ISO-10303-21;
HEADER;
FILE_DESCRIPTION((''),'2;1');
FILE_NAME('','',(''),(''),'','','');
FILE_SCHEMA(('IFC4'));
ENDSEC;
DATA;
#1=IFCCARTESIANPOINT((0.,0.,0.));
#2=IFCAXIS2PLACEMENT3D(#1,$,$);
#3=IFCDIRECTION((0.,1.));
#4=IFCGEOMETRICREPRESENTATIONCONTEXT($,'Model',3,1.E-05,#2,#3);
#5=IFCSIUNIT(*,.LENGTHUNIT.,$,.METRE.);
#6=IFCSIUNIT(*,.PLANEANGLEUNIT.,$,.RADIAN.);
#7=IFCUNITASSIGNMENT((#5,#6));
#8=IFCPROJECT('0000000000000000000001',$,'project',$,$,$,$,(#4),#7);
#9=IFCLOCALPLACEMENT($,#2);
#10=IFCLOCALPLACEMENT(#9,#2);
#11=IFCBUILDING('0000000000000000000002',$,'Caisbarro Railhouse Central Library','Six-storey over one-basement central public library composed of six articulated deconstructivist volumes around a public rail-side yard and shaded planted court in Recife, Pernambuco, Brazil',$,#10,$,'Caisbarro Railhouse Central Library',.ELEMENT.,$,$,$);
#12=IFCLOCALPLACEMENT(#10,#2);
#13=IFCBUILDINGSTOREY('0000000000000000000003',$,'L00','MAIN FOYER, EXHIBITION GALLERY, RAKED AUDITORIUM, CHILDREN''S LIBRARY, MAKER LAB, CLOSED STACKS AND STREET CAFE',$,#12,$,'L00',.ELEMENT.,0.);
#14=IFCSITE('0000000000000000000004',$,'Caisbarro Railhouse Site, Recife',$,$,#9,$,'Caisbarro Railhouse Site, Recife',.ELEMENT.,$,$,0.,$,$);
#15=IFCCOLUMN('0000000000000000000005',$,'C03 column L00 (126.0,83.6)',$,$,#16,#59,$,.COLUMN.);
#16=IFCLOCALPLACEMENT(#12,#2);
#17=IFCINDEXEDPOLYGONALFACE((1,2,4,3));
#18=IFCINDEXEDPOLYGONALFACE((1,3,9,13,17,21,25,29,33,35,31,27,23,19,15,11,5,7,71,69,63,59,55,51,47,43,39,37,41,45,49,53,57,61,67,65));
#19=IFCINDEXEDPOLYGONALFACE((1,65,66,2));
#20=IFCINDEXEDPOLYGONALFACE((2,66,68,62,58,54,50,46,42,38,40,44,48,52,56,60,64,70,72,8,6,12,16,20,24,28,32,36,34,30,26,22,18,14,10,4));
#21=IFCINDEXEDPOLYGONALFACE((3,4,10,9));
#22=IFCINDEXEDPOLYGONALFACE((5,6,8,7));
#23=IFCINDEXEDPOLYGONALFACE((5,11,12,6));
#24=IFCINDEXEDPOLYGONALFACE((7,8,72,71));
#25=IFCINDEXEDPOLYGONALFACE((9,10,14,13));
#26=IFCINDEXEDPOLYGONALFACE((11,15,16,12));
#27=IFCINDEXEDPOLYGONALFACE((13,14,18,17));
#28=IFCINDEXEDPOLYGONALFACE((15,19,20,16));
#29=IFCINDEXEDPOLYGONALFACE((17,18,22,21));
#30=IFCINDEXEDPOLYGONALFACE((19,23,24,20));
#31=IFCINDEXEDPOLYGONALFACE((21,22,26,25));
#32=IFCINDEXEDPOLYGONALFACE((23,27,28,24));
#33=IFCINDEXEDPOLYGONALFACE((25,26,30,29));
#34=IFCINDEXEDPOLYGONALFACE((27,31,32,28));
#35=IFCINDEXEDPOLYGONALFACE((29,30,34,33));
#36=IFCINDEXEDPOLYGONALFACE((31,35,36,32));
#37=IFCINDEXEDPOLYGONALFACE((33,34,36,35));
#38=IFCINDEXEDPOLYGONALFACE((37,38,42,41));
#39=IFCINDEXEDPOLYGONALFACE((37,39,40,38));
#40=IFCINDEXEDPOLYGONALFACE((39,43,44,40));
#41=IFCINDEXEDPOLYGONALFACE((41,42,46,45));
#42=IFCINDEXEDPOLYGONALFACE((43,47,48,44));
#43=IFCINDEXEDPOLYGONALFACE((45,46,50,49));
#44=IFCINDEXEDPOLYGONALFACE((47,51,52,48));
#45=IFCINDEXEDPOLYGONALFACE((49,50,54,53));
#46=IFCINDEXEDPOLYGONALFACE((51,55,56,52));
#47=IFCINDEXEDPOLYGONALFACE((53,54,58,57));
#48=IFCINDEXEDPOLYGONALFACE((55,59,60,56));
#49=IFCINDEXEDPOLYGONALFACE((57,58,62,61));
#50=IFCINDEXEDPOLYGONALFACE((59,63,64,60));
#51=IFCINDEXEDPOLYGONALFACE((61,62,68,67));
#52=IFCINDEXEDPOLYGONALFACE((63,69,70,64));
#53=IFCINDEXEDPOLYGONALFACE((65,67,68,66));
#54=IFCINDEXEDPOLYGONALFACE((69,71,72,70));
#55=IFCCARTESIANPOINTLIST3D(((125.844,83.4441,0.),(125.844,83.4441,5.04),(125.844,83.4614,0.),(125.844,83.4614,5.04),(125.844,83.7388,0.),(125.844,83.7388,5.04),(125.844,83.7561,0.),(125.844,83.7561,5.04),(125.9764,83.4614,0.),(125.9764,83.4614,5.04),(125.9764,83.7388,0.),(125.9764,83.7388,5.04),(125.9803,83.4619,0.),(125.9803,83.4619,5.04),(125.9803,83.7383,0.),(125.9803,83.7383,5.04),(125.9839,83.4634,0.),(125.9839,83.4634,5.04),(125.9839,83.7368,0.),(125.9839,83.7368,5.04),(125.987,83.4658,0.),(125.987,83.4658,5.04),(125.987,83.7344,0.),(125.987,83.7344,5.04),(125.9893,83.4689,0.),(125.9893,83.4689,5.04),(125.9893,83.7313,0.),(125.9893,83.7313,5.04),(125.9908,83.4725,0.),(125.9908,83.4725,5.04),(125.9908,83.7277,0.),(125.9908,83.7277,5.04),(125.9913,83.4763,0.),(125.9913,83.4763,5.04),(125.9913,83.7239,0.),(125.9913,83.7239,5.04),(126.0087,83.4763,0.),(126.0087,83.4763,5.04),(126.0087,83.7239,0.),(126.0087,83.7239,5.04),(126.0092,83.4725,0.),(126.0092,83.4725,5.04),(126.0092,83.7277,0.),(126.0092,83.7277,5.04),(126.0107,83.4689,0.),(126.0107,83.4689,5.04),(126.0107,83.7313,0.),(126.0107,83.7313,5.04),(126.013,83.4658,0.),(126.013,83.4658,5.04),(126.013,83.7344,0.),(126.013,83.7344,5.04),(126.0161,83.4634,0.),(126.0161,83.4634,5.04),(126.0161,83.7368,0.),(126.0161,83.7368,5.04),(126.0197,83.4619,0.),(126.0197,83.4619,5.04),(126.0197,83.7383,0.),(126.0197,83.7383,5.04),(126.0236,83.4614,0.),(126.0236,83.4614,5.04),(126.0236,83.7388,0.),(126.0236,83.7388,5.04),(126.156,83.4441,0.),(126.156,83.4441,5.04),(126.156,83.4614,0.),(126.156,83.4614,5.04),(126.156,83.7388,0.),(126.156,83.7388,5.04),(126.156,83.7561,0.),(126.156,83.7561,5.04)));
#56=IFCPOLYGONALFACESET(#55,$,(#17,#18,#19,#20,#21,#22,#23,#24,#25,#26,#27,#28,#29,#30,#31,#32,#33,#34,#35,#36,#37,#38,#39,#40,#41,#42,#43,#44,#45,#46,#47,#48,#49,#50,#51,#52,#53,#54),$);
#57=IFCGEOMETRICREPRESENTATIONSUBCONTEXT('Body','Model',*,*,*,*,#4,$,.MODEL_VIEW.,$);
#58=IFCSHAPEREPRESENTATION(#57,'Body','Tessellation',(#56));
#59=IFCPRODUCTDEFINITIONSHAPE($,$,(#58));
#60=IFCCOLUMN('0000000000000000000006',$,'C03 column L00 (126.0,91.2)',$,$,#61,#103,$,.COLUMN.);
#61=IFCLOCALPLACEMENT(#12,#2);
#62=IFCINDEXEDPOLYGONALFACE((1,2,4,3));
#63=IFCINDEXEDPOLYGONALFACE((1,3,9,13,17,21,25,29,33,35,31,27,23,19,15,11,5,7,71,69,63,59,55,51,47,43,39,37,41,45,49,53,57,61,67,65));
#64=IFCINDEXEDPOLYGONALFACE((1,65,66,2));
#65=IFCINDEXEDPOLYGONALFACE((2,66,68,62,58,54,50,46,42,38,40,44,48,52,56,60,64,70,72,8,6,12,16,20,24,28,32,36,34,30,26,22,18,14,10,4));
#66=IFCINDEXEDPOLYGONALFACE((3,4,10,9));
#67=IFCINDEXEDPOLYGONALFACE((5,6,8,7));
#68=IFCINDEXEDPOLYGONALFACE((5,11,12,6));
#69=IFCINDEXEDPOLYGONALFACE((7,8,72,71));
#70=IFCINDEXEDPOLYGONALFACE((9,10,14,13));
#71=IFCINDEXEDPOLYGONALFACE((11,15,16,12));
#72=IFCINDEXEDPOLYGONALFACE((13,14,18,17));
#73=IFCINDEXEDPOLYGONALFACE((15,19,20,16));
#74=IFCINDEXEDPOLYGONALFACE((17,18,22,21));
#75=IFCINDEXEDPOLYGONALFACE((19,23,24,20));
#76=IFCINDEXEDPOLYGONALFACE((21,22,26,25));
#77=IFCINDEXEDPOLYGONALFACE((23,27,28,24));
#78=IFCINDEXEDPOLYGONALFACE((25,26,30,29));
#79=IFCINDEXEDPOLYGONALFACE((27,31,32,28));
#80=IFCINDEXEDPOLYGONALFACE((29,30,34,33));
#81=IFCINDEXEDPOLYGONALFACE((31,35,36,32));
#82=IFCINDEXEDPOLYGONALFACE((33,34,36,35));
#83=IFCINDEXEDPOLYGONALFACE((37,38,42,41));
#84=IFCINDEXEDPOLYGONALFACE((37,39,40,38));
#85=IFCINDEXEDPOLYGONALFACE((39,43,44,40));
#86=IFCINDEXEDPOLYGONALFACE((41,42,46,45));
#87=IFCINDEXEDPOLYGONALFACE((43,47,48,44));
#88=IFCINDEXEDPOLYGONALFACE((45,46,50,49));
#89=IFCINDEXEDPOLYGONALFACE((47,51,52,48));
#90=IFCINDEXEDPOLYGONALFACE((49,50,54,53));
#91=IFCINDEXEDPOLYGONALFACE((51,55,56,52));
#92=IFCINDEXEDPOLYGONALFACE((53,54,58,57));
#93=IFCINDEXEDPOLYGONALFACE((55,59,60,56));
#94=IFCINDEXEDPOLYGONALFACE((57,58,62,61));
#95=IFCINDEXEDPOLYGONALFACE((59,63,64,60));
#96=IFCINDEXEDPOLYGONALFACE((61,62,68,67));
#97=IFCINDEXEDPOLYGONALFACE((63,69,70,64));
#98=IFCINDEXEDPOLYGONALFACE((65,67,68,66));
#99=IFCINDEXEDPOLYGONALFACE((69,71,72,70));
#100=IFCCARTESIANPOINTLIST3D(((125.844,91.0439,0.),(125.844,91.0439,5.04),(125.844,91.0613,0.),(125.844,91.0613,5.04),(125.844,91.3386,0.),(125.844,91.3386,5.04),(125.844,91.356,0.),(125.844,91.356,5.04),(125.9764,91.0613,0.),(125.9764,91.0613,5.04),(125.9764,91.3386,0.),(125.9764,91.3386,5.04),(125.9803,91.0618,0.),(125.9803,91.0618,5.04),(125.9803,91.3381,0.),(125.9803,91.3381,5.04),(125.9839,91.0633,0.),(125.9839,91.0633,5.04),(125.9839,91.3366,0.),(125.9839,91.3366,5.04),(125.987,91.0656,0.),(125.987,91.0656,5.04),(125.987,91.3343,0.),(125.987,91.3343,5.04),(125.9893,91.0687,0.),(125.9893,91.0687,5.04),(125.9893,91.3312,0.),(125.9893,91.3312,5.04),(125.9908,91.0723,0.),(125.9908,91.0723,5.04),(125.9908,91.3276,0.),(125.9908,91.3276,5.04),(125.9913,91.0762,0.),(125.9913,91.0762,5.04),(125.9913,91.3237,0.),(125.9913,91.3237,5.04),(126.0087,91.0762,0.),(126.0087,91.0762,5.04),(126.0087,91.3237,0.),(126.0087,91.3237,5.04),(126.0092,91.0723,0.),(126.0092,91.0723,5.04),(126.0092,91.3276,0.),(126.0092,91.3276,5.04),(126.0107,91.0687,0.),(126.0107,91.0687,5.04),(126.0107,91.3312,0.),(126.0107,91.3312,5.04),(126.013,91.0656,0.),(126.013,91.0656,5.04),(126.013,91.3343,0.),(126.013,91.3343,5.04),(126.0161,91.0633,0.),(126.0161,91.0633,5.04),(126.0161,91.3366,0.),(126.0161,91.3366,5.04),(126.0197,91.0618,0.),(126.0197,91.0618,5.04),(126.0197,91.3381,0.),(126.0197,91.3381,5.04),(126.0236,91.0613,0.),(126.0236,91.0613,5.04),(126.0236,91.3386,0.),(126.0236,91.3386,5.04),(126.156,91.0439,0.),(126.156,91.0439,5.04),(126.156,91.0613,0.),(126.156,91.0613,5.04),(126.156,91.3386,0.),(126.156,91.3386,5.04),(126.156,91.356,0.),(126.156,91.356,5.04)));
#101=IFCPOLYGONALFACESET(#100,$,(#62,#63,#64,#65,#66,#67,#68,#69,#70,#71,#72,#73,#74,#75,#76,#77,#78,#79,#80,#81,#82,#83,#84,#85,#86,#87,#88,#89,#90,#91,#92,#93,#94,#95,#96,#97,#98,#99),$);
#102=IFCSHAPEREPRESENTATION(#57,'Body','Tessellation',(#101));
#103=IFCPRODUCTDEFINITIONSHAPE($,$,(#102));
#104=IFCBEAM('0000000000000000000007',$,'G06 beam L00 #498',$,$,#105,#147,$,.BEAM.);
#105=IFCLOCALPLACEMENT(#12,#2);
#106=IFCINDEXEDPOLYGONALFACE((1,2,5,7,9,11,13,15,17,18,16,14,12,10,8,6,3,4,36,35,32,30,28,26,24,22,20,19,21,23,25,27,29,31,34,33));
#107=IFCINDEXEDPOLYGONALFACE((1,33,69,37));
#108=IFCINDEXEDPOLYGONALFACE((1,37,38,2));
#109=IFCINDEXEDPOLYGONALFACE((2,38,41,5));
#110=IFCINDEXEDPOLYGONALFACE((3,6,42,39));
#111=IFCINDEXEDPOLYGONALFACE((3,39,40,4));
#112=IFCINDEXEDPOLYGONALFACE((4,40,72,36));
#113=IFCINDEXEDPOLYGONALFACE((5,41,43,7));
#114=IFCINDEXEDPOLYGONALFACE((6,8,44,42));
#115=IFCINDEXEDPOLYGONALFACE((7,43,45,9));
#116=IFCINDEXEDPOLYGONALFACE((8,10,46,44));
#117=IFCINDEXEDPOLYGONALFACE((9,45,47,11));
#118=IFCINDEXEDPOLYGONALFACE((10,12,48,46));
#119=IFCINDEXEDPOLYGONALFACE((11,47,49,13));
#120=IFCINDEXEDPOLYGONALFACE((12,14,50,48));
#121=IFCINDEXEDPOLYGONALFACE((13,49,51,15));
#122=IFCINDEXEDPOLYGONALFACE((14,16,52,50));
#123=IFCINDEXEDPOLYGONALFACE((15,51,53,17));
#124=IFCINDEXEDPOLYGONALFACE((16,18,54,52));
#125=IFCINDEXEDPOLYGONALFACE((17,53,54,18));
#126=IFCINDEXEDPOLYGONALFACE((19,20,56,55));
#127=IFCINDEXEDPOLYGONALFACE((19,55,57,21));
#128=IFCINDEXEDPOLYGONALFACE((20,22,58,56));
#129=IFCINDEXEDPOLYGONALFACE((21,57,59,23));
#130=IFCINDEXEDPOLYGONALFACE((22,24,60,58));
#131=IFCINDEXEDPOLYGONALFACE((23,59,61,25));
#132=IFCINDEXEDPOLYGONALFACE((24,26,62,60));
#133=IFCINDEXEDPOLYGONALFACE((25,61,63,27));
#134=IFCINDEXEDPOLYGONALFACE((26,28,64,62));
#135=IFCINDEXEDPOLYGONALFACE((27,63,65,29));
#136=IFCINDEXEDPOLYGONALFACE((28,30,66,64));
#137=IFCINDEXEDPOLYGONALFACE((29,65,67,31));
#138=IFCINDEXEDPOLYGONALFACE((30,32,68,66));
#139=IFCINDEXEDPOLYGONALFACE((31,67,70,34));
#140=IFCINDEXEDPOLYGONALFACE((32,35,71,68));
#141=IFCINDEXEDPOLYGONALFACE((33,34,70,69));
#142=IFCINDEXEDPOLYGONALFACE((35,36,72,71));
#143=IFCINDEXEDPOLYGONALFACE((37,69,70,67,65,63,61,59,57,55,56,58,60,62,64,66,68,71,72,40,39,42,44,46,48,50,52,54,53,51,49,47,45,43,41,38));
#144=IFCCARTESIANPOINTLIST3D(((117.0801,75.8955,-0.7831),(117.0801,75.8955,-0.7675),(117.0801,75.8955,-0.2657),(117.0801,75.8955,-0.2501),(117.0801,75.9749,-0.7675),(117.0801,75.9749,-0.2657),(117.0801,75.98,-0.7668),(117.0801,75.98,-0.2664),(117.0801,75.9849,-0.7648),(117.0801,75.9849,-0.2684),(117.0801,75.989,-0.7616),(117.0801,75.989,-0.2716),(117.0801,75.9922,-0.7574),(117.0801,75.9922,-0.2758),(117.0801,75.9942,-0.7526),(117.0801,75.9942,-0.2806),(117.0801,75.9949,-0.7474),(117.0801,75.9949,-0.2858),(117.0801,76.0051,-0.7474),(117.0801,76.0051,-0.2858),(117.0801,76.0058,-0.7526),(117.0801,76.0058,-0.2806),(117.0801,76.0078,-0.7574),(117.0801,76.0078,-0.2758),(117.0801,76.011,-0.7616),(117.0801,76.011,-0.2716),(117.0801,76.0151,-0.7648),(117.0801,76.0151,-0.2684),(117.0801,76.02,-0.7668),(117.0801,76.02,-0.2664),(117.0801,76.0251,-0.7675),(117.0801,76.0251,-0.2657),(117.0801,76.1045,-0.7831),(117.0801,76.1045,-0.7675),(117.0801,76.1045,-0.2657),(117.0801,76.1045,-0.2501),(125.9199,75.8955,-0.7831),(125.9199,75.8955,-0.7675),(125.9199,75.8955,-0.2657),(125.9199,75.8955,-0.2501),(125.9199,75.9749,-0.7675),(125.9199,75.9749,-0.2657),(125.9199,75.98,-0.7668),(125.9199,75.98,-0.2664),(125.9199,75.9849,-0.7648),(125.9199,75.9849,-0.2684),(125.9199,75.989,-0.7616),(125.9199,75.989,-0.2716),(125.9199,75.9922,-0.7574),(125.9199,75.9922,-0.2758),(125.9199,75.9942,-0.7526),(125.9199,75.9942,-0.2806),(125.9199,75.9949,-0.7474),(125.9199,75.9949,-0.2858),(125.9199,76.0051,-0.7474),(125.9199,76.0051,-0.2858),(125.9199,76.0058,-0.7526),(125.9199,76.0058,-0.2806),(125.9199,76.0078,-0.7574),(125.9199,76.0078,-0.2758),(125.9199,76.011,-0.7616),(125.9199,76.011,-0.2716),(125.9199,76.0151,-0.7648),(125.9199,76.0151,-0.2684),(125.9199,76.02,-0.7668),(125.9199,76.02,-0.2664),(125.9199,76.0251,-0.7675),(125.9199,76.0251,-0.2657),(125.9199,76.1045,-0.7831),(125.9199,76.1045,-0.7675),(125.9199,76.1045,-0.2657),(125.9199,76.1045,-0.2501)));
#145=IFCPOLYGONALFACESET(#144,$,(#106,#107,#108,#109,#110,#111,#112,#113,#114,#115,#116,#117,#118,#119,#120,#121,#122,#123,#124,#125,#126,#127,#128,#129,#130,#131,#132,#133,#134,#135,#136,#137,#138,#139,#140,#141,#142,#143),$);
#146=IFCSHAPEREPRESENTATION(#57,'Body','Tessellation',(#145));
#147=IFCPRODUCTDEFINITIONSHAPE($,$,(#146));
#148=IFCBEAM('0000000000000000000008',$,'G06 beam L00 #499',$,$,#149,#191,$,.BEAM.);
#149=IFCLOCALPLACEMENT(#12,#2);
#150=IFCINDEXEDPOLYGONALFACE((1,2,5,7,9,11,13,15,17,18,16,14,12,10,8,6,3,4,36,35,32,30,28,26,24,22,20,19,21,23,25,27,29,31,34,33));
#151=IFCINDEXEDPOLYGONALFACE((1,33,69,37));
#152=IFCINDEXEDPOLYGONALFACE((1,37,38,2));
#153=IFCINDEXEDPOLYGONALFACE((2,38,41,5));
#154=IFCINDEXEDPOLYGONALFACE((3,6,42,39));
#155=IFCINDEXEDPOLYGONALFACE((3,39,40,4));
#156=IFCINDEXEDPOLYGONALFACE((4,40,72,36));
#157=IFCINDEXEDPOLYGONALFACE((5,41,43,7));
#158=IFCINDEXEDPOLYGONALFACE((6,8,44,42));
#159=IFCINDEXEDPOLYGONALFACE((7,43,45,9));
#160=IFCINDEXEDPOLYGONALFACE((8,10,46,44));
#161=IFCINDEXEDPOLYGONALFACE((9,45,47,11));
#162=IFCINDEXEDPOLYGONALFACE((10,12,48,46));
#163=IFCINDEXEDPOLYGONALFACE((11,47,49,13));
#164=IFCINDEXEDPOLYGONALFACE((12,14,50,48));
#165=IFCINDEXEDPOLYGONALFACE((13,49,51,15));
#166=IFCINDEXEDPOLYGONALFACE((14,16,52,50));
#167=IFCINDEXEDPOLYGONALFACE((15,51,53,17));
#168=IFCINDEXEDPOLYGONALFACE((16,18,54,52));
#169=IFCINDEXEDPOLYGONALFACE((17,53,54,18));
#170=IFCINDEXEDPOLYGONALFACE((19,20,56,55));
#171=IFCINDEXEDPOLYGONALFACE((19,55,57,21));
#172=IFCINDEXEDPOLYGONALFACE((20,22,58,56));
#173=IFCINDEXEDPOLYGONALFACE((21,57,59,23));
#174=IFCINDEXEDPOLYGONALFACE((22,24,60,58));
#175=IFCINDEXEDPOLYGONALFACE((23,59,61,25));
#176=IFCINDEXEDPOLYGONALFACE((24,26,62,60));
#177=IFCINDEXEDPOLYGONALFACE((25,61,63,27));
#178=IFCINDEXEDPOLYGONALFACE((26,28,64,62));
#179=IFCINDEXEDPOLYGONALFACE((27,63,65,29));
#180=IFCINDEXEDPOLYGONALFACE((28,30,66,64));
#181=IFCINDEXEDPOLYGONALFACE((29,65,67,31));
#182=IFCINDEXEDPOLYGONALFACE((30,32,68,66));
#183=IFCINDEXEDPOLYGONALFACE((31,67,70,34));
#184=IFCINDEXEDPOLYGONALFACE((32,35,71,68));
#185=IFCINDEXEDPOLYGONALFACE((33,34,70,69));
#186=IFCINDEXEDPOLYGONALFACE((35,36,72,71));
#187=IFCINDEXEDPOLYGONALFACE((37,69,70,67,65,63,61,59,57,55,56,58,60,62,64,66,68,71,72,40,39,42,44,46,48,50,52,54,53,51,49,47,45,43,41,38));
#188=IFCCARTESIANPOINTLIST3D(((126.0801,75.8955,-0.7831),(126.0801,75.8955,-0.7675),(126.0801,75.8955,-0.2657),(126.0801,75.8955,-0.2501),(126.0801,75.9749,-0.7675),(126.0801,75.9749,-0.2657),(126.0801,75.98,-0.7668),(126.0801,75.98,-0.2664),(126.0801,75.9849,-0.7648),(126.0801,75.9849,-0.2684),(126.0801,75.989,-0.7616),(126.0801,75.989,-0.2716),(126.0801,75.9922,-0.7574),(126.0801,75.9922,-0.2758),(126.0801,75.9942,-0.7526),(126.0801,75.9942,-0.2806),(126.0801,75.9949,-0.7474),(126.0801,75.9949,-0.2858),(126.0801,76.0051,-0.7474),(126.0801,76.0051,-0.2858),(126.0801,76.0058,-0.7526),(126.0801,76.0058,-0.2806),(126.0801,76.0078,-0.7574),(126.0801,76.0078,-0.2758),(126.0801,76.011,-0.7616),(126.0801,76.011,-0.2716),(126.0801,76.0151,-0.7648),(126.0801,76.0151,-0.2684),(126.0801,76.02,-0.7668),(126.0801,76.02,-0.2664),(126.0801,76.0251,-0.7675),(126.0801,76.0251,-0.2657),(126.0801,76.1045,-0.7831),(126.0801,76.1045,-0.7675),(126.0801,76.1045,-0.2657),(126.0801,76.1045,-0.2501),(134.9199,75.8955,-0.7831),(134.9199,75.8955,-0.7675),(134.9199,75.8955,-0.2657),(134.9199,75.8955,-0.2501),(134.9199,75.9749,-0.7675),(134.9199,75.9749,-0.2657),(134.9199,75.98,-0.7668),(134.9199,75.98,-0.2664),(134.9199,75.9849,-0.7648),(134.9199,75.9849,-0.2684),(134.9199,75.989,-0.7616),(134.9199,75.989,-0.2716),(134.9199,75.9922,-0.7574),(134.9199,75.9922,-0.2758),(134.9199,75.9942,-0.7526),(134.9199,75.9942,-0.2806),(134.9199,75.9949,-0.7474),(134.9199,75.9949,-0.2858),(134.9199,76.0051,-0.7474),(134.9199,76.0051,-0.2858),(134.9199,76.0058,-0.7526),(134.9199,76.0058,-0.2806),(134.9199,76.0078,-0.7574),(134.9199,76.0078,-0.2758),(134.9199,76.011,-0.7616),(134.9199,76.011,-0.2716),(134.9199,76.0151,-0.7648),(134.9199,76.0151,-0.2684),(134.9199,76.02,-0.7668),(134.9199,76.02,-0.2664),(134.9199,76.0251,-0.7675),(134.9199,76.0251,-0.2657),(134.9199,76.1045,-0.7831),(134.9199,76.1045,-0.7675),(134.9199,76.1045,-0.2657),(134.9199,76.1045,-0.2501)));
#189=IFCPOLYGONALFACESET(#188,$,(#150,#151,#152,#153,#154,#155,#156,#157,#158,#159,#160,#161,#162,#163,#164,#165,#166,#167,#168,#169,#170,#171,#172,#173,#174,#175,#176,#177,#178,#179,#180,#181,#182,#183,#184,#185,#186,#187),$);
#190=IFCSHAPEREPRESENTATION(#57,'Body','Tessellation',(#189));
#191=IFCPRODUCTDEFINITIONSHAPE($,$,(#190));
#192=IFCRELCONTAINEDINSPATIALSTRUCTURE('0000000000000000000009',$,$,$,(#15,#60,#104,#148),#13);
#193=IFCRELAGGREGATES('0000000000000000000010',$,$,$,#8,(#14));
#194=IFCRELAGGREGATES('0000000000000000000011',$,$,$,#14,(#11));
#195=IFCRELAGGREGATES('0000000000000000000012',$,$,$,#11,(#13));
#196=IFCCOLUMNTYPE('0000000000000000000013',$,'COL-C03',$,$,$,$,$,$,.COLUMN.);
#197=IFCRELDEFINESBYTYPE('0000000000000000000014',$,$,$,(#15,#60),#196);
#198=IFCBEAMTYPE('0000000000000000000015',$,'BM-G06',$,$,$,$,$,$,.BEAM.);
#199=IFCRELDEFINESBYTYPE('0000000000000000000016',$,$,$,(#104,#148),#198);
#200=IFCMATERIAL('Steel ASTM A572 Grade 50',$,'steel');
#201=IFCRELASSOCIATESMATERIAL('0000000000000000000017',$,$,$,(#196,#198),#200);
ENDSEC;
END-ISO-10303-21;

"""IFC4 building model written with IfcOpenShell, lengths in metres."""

from ifc_helpers import new_model, si_unit, direction, frame, origin, origin_2d, place, context, subcontext, project, spatial, i_section, extrude, material, material_profile, profile_set, type_object, element, save


model = new_model("IFC4")

# Units and contexts
model_context = context("Model", 3, precision=1e-05, world=origin(), true_north=direction((0.0, 1.0)))
body_context = subcontext(model_context, "Body", "Model", "MODEL_VIEW")
ifc_project = project(units=[si_unit("LENGTHUNIT", "METRE"), si_unit("PLANEANGLEUNIT", "RADIAN")], contexts=[model_context])

# Site, building, storey
site_placement = place(None, origin())
site = spatial("IfcSite", under=ifc_project, at=site_placement, Name="Caisbarro Railhouse Site, Recife", LongName="Caisbarro Railhouse Site, Recife", CompositionType="ELEMENT", RefElevation=0.0)
building_placement = place(site_placement, origin())
building = spatial("IfcBuilding", under=site, at=building_placement, Name="Caisbarro Railhouse Central Library", Description="Six-storey over one-basement central public library composed of six articulated deconstructivist volumes around a public rail-side yard and shaded planted court in Recife, Pernambuco, Brazil", LongName="Caisbarro Railhouse Central Library", CompositionType="ELEMENT")
storey_placement = place(building_placement, origin())
storey = spatial("IfcBuildingStorey", under=building, at=storey_placement, Name="L00", Description="MAIN FOYER, EXHIBITION GALLERY, RAKED AUDITORIUM, CHILDREN'S LIBRARY, MAKER LAB, CLOSED STACKS AND STREET CAFE", LongName="L00", CompositionType="ELEMENT", Elevation=0.0)

# Columns
ifc_material_1 = material(Name="Steel ASTM A572 Grade 50", Category="steel")
ifc_material_profile_1 = material_profile(ifc_material_1, i_section(OverallWidth=0.312, OverallDepth=0.312, WebThickness=0.0173, FlangeThickness=0.0173, FilletRadius=0.0149, at=origin_2d()), Name="HP310X125.0")
ifc_profile_set_1 = profile_set([ifc_material_profile_1], Name="Steel ASTM A572 Grade 50")
column_type = type_object("IfcColumnType", Name="COL-C03", PredefinedType="COLUMN", material=ifc_profile_set_1)
for number, where, z_axis, x_axis, name in (
    (1, (126.0, 83.6001, 0.0), (0.0, 0.0, 1.0), (1.0, 0.0, 0.0), "C03 column L00 (126.0,83.6)"),
    (2, (126.0, 91.2, 0.0), (0.0, 0.0, 1.0), (1.0, 0.0, 0.0), "C03 column L00 (126.0,91.2)"),
):
    element("IfcColumn", number, at=place(storey_placement, frame(where, z_axis=z_axis, x_axis=x_axis)), inside=storey, type_object=column_type, Name=name, PredefinedType="COLUMN", context=body_context, shape_type="SweptSolid", body=[
        extrude(i_section(OverallWidth=0.312, OverallDepth=0.312, WebThickness=0.0173, FlangeThickness=0.0173, FilletRadius=0.0149, at=origin_2d()), origin(), (0.0, 0.0, 1.0), 5.04),
    ])

# Beams
ifc_material_profile_2 = material_profile(ifc_material_1, i_section(OverallWidth=0.209, OverallDepth=0.533, WebThickness=0.0103, FlangeThickness=0.0156, FilletRadius=0.02, at=origin_2d()), Name="W530X92.0")
ifc_profile_set_2 = profile_set([ifc_material_profile_2], Name="Steel ASTM A572 Grade 50")
beam_type_1 = type_object("IfcBeamType", Name="BM-G06", PredefinedType="BEAM", material=ifc_profile_set_2)
for number, where, z_axis, x_axis, name in (
    (3, (117.0801, 76.0, -0.5166), (1.0, 0.0, 0.0), (0.0, 1.0, 0.0), "G06 beam L00 #498"),
    (4, (126.0801, 76.0, -0.5166), (1.0, 0.0, 0.0), (0.0, 1.0, 0.0), "G06 beam L00 #499"),
):
    element("IfcBeam", number, at=place(storey_placement, frame(where, z_axis=z_axis, x_axis=x_axis)), inside=storey, type_object=beam_type_1, Name=name, PredefinedType="BEAM", context=body_context, shape_type="SweptSolid", body=[
        extrude(i_section(OverallWidth=0.209, OverallDepth=0.533, WebThickness=0.0103, FlangeThickness=0.0156, FilletRadius=0.02, at=origin_2d()), origin(), (0.0, 0.0, 1.0), 8.8398),
    ])

save(model, "model.ifc")
